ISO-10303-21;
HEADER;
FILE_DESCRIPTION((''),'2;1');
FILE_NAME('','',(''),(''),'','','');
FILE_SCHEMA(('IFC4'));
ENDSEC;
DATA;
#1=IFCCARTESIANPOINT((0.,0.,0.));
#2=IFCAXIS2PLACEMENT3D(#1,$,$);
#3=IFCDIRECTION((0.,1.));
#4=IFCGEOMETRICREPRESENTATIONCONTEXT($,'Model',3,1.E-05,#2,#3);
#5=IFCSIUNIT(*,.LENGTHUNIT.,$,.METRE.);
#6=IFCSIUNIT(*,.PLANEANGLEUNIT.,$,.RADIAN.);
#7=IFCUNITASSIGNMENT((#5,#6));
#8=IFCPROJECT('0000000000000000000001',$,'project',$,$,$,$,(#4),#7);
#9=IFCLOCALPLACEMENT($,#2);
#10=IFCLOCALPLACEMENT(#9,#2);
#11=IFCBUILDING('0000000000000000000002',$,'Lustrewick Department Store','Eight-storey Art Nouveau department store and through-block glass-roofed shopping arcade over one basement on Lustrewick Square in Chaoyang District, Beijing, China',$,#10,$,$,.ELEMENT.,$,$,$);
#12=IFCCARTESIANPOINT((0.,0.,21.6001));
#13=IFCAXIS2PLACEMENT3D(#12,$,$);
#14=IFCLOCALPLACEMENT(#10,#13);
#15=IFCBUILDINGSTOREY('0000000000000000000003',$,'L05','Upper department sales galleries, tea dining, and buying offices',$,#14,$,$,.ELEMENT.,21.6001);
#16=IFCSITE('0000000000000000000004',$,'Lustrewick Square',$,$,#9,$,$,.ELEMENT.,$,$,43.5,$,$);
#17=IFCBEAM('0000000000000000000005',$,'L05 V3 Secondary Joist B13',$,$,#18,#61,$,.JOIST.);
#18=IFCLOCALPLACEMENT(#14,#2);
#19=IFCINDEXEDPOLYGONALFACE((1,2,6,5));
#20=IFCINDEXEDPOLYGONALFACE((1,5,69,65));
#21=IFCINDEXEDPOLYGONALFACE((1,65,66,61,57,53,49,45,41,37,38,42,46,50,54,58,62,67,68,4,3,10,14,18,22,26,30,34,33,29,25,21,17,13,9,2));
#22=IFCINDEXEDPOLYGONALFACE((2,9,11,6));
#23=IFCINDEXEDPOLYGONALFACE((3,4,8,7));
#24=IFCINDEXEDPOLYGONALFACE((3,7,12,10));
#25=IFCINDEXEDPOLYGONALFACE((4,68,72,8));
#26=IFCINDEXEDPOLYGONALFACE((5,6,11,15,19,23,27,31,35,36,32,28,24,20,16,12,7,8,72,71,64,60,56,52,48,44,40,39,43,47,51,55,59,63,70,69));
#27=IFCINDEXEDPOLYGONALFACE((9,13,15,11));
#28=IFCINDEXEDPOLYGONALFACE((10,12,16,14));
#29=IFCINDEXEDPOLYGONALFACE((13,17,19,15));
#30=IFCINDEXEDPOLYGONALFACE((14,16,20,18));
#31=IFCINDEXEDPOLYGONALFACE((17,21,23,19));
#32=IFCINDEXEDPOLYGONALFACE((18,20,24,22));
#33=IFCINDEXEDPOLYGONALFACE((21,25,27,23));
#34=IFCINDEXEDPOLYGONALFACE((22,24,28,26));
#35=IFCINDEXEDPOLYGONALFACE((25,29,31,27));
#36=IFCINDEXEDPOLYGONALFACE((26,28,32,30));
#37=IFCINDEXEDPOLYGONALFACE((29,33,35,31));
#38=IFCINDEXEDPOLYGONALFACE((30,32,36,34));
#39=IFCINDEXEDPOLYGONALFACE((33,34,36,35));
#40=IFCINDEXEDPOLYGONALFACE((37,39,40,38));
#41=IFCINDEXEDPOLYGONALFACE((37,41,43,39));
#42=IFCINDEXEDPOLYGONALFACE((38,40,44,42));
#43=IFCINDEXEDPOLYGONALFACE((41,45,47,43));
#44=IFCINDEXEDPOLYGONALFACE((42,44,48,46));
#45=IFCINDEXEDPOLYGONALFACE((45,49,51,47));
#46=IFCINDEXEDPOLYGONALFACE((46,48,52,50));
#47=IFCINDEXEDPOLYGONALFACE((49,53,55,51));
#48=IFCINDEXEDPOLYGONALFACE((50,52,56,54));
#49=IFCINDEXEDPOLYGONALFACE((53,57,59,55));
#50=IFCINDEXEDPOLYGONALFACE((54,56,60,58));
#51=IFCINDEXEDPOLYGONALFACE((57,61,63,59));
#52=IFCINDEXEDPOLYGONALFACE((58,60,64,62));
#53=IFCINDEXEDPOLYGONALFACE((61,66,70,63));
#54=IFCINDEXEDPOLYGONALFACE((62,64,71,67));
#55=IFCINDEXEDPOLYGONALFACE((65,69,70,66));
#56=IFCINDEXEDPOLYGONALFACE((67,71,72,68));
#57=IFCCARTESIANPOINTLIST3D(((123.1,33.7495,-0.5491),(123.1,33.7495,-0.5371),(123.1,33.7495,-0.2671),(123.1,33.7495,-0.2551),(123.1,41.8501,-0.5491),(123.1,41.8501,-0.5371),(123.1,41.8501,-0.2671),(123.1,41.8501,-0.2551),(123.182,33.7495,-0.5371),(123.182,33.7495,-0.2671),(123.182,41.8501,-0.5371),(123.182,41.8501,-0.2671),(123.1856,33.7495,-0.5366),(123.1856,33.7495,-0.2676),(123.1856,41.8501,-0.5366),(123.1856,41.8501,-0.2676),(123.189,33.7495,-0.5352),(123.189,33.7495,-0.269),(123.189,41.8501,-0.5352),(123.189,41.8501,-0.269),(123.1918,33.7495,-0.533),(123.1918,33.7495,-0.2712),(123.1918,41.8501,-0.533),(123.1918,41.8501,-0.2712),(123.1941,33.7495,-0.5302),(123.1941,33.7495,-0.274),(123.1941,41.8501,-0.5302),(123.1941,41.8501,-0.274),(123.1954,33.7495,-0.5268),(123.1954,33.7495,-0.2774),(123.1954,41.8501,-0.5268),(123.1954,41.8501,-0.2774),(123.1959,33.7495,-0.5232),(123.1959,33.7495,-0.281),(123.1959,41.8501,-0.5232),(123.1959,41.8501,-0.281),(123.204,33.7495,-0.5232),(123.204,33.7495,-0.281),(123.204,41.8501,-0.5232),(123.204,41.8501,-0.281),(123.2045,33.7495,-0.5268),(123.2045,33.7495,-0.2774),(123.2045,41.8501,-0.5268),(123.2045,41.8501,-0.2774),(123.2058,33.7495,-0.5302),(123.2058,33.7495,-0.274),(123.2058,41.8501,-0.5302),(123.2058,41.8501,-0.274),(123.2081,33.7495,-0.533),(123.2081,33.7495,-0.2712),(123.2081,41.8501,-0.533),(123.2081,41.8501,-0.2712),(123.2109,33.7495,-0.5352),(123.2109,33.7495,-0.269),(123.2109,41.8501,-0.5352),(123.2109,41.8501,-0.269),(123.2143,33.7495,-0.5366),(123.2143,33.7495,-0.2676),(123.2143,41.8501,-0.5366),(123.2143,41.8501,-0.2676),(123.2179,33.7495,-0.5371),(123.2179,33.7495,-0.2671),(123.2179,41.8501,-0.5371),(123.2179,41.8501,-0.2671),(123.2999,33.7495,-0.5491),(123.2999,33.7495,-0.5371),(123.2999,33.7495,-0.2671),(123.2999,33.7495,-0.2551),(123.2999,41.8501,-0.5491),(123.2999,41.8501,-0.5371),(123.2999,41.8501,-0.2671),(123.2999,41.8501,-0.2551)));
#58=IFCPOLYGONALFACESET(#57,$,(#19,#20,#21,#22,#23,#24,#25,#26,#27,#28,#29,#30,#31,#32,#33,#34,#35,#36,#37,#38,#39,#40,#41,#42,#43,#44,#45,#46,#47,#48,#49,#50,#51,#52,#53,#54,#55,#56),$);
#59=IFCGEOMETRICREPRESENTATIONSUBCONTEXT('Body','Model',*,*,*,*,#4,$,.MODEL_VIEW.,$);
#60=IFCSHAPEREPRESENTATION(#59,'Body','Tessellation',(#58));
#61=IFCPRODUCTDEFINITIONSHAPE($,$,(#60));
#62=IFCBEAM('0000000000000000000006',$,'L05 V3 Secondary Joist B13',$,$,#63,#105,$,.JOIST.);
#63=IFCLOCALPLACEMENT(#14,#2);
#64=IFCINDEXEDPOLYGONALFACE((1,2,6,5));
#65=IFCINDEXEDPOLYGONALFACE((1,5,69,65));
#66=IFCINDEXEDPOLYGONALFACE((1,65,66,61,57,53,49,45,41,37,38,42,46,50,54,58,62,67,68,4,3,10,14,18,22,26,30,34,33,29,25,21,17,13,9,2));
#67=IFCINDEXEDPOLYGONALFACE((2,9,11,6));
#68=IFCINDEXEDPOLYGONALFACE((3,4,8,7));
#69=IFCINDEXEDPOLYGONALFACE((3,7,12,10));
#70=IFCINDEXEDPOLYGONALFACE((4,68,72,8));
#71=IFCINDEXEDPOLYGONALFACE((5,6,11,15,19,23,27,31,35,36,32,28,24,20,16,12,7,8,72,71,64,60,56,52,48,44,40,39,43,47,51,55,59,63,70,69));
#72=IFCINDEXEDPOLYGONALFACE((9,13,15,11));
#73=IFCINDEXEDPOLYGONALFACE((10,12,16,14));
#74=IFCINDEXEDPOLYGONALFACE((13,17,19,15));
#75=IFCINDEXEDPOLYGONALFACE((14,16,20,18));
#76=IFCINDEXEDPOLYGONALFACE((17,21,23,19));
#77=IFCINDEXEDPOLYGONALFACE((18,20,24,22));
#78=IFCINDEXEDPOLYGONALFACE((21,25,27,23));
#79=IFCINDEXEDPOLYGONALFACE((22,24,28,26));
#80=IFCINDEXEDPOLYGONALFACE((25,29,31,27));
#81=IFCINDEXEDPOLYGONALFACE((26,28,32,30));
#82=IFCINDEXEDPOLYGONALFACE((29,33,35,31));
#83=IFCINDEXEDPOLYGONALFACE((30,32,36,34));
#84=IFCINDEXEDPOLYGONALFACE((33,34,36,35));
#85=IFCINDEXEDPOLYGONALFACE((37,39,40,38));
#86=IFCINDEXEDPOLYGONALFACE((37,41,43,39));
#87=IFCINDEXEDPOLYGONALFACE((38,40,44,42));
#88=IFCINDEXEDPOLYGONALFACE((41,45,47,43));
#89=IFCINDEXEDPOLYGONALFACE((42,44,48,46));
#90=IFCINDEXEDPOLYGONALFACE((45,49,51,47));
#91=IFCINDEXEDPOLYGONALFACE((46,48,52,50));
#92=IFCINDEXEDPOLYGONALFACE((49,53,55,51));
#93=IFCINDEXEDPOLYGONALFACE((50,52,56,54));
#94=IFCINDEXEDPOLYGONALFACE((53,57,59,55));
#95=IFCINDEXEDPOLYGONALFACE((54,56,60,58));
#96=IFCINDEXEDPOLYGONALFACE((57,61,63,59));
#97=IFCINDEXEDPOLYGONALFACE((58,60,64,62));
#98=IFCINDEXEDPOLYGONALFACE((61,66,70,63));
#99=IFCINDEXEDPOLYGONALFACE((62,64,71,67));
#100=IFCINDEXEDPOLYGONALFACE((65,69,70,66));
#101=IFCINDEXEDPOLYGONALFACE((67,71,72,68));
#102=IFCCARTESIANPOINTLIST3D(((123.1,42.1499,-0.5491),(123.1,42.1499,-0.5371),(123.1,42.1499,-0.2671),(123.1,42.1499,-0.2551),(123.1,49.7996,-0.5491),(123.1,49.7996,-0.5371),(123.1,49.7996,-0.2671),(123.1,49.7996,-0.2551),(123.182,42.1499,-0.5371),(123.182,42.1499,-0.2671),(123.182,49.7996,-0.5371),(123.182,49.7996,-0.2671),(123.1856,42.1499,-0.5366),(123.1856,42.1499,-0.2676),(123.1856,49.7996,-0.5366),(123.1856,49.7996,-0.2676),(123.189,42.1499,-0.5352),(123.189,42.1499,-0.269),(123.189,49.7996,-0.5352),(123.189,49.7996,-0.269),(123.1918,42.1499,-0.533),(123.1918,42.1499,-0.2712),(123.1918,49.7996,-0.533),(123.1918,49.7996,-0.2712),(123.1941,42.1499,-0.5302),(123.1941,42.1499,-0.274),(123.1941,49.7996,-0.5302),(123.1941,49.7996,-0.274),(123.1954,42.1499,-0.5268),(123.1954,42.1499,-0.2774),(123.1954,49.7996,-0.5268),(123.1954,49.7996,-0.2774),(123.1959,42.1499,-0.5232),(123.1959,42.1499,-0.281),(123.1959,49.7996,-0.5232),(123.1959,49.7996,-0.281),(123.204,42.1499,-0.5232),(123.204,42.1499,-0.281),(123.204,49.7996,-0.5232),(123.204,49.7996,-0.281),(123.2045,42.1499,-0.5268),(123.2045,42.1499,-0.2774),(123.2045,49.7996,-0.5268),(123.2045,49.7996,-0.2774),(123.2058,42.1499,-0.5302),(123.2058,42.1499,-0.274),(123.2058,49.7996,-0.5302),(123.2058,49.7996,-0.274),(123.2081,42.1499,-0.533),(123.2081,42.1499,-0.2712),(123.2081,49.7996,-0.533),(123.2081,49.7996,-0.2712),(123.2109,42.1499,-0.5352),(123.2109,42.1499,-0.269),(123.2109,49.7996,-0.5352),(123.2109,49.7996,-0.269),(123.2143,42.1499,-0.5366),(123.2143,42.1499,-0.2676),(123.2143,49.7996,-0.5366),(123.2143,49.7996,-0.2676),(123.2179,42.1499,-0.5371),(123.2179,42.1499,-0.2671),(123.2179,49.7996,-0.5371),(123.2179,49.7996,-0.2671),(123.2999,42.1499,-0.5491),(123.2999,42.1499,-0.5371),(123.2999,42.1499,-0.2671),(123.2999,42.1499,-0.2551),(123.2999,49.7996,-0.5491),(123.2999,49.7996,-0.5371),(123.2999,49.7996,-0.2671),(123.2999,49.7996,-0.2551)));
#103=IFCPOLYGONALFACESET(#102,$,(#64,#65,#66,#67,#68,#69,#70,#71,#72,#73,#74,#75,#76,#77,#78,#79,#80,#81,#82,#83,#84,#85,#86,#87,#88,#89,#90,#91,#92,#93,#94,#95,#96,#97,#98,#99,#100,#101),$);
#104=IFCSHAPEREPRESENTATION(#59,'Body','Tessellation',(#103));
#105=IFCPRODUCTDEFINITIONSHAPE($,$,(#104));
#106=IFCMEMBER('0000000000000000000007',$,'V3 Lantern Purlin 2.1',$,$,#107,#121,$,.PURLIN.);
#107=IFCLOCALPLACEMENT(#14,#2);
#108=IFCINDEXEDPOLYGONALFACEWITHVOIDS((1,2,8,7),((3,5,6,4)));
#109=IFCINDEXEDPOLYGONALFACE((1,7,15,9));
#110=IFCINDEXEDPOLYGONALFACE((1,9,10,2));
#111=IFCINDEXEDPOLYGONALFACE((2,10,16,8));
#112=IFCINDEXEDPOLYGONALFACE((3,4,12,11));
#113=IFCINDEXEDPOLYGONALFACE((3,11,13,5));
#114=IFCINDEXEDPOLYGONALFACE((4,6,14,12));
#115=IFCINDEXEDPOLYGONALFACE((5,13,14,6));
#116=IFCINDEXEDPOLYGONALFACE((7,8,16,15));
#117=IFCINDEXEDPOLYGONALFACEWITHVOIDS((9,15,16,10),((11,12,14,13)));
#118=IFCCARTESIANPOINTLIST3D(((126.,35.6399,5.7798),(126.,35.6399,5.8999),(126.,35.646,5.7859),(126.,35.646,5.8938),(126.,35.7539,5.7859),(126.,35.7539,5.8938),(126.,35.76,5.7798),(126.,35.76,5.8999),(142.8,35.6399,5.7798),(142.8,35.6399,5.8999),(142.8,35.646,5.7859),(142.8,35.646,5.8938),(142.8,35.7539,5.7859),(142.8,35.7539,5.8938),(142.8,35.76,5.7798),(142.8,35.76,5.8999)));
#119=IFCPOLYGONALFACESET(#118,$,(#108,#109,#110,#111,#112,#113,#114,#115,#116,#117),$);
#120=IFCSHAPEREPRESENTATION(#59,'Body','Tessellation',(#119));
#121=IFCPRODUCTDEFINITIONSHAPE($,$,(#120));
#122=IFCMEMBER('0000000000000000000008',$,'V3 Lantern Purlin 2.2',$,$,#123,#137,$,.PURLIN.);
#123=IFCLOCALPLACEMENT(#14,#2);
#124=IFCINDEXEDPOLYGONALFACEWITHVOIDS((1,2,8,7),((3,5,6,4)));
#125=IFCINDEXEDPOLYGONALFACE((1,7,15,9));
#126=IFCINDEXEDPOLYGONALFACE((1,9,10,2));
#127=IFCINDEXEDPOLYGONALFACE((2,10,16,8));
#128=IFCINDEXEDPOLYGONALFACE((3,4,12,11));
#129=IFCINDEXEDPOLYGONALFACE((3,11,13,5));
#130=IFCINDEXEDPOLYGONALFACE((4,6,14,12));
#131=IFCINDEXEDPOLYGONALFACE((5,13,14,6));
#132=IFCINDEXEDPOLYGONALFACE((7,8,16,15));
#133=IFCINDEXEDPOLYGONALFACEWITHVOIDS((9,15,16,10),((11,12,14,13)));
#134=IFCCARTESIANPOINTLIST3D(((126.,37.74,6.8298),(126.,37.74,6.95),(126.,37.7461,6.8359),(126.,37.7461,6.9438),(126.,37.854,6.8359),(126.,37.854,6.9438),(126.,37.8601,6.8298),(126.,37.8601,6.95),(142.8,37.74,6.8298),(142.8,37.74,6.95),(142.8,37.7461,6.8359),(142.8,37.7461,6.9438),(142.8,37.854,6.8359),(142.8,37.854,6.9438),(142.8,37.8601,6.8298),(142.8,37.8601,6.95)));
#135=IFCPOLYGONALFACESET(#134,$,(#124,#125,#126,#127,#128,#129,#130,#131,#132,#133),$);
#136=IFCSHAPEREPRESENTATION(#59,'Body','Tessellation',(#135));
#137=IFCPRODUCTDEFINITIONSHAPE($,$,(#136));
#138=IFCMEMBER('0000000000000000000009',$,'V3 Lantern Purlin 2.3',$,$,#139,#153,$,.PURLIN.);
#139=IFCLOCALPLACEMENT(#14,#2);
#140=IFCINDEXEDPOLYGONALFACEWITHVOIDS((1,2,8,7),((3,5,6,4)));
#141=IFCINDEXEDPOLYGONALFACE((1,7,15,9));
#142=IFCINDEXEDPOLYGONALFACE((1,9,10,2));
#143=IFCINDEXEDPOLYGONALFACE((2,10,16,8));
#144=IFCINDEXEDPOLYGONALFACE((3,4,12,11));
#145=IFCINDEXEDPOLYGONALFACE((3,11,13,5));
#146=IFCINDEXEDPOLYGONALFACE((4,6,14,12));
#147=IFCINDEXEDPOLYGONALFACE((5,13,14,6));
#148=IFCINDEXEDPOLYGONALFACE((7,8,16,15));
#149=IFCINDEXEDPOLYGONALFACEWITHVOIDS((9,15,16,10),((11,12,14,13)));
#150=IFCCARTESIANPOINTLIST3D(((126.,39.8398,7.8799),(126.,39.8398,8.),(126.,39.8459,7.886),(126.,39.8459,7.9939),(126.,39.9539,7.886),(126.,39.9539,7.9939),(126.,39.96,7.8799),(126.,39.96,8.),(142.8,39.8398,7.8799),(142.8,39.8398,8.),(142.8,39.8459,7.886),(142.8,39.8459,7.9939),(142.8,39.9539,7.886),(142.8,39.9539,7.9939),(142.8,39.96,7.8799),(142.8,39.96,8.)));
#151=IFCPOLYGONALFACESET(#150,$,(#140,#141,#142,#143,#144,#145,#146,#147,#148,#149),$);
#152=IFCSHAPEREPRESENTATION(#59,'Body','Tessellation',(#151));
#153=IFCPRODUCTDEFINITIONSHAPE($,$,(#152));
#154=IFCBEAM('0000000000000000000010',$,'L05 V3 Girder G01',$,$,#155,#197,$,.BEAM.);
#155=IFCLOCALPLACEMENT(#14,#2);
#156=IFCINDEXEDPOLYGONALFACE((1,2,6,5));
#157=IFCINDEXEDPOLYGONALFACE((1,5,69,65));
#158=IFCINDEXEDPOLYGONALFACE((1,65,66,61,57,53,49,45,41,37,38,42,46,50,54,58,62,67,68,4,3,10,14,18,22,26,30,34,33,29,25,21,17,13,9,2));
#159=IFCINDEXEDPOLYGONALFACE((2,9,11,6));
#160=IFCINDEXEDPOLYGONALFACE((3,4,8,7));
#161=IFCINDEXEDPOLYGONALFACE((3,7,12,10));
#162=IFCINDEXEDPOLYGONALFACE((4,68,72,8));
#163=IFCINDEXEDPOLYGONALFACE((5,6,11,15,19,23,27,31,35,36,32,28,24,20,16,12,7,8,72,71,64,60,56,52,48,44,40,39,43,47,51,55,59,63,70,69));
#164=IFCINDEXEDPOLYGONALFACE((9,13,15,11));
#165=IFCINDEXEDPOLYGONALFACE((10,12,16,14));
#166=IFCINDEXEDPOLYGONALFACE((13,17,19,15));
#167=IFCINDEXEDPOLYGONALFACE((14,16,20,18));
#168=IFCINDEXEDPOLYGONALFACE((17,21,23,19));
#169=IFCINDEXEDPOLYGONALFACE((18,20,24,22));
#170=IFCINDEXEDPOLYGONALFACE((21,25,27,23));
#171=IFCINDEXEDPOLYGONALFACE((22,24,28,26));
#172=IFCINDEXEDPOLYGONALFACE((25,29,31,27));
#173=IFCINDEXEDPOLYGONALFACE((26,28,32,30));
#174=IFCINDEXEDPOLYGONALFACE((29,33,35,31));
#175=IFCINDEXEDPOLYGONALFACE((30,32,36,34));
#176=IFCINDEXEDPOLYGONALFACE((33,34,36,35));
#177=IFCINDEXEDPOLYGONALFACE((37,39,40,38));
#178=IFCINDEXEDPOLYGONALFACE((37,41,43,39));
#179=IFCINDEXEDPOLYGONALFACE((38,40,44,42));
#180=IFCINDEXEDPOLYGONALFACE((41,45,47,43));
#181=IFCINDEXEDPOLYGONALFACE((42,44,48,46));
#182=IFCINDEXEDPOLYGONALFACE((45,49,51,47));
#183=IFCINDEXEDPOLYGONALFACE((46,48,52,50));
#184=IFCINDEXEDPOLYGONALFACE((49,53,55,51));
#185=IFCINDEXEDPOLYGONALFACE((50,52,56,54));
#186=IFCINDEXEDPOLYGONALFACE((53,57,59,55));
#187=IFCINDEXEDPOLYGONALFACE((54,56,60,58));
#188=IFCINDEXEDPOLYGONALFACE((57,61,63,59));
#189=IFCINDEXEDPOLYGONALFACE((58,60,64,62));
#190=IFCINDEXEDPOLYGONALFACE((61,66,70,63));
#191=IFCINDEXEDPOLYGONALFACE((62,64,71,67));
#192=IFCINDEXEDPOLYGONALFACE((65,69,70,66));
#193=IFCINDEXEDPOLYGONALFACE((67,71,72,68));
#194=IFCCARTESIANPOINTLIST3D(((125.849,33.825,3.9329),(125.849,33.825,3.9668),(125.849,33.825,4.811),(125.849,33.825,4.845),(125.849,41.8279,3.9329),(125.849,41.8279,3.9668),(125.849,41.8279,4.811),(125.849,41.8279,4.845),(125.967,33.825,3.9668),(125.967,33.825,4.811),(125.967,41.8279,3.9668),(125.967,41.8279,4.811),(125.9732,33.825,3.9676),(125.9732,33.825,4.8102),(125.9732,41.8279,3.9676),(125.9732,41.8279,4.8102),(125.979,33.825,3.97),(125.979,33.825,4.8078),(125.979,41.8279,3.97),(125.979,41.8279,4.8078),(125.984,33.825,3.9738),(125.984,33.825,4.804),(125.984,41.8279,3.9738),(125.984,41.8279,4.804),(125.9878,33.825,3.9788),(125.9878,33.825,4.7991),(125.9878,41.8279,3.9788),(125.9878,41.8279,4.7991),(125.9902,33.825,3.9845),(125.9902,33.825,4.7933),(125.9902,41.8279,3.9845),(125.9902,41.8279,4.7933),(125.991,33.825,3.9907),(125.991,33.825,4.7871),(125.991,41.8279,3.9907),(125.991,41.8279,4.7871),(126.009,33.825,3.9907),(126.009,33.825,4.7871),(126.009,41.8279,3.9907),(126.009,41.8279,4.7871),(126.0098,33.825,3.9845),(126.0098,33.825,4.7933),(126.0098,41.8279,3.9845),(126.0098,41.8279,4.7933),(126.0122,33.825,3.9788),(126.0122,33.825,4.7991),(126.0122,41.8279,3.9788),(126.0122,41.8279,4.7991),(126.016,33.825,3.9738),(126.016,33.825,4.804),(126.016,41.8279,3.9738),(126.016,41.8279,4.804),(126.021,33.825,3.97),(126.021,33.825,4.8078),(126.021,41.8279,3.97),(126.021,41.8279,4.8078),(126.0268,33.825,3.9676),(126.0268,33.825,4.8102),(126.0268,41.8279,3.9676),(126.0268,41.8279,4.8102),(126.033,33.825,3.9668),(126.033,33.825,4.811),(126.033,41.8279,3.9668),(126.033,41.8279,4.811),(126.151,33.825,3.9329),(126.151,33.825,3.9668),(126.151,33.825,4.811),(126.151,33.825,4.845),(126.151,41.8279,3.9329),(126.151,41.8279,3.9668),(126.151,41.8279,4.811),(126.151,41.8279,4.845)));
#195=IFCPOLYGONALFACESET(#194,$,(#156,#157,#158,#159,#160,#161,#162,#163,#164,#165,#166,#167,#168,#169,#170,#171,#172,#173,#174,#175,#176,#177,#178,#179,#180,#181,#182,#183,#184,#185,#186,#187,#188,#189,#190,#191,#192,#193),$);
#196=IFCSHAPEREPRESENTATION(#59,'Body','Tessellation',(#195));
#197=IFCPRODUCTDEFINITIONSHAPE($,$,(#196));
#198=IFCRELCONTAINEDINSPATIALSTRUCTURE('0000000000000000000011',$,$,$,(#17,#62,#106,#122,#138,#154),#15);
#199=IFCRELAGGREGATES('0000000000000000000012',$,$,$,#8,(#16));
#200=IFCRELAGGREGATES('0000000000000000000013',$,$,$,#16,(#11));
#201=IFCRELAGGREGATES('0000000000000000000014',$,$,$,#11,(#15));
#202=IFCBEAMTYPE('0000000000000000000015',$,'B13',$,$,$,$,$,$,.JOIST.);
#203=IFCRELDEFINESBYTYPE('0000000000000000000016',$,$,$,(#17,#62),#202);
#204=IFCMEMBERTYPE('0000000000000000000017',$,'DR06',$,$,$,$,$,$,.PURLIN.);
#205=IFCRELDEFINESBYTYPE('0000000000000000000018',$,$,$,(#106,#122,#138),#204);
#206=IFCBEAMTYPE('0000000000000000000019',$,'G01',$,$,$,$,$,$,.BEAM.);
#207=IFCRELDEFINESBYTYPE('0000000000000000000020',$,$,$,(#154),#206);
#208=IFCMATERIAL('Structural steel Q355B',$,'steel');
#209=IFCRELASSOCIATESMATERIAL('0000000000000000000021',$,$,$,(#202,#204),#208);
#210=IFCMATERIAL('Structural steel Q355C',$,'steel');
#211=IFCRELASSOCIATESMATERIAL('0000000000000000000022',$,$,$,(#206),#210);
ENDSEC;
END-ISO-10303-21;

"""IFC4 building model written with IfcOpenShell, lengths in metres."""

from ifc_helpers import new_model, si_unit, direction, frame, origin, origin_2d, place, context, subcontext, project, spatial, hollow_rectangle, i_section, extrude, material, material_profile, profile_set, type_object, element, save


model = new_model("IFC4")

# Units and contexts
model_context = context("Model", 3, precision=1e-05, world=origin(), true_north=direction((0.0, 1.0)))
body_context = subcontext(model_context, "Body", "Model", "MODEL_VIEW")
ifc_project = project(units=[si_unit("LENGTHUNIT", "METRE"), si_unit("PLANEANGLEUNIT", "RADIAN")], contexts=[model_context])

# Site, building, storey
site_placement = place(None, origin())
site = spatial("IfcSite", under=ifc_project, at=site_placement, Name="Lustrewick Square", CompositionType="ELEMENT", RefElevation=43.5)
building_placement = place(site_placement, origin())
building = spatial("IfcBuilding", under=site, at=building_placement, Name="Lustrewick Department Store", Description="Eight-storey Art Nouveau department store and through-block glass-roofed shopping arcade over one basement on Lustrewick Square in Chaoyang District, Beijing, China", CompositionType="ELEMENT")
storey_placement = place(building_placement, frame((0.0, 0.0, 21.6001)))
storey = spatial("IfcBuildingStorey", under=building, at=storey_placement, Name="L05", Description="Upper department sales galleries, tea dining, and buying offices", CompositionType="ELEMENT", Elevation=21.6001)

# Shared definitions
ifc_material_1 = material(Name="Structural steel Q355B", Category="steel")

# Beams
ifc_material_profile_1 = material_profile(ifc_material_1, i_section(OverallWidth=0.2, OverallDepth=0.2939, WebThickness=0.0081, FlangeThickness=0.012, FilletRadius=0.0139, at=origin_2d()), Name="HM 294x200x8x12")
ifc_profile_set_1 = profile_set([ifc_material_profile_1], Name="Structural steel Q355B")
beam_type_1 = type_object("IfcBeamType", Name="B13", PredefinedType="JOIST", material=ifc_profile_set_1)
beam_1_placement = place(storey_placement, frame((123.2, 33.7495, -0.4021), z_axis=(0.0, 1.0, 0.0), x_axis=(-1.0, 0.0, 0.0)))
element("IfcBeam", 1, at=beam_1_placement, inside=storey, type_object=beam_type_1, Name="L05 V3 Secondary Joist B13", PredefinedType="JOIST", context=body_context, shape_type="SweptSolid", body=[
    extrude(i_section(OverallWidth=0.2, OverallDepth=0.2939, WebThickness=0.0081, FlangeThickness=0.012, FilletRadius=0.0139, at=origin_2d()), origin(), (0.0, 0.0, 1.0), 8.1006),
])
beam_2_placement = place(storey_placement, frame((123.2, 42.1499, -0.4021), z_axis=(0.0, 1.0, 0.0), x_axis=(-1.0, 0.0, 0.0)))
element("IfcBeam", 2, at=beam_2_placement, inside=storey, type_object=beam_type_1, Name="L05 V3 Secondary Joist B13", PredefinedType="JOIST", context=body_context, shape_type="SweptSolid", body=[
    extrude(i_section(OverallWidth=0.2, OverallDepth=0.2939, WebThickness=0.0081, FlangeThickness=0.012, FilletRadius=0.0139, at=origin_2d()), origin(), (0.0, 0.0, 1.0), 7.6497),
])

# Members
ifc_material_profile_2 = material_profile(ifc_material_1, hollow_rectangle(XDim=0.1201, YDim=0.1201, WallThickness=0.0061, at=origin_2d()), Name="SHS 120x120x6")
ifc_profile_set_2 = profile_set([ifc_material_profile_2], Name="Structural steel Q355B")
member_type = type_object("IfcMemberType", Name="DR06", PredefinedType="PURLIN", material=ifc_profile_set_2)
for number, where, z_axis, x_axis, name in (
    (3, (126.0, 35.7, 5.8398), (1.0, 0.0, 0.0), (0.0, 1.0, 0.0), "V3 Lantern Purlin 2.1"),
    (4, (126.0, 37.8, 6.8899), (1.0, 0.0, 0.0), (0.0, 1.0, 0.0), "V3 Lantern Purlin 2.2"),
    (5, (126.0, 39.8999, 7.9399), (1.0, 0.0, 0.0), (0.0, 1.0, 0.0), "V3 Lantern Purlin 2.3"),
):
    element("IfcMember", number, at=place(storey_placement, frame(where, z_axis=z_axis, x_axis=x_axis)), inside=storey, type_object=member_type, Name=name, PredefinedType="PURLIN", context=body_context, shape_type="SweptSolid", body=[
        extrude(hollow_rectangle(XDim=0.1201, YDim=0.1201, WallThickness=0.0061, at=origin_2d()), origin(), (0.0, 0.0, 1.0), 16.8),
    ])

# Beam
ifc_material_2 = material(Name="Structural steel Q355C", Category="steel")
ifc_material_profile_3 = material_profile(ifc_material_2, i_section(OverallWidth=0.302, OverallDepth=0.9121, WebThickness=0.0181, FlangeThickness=0.0339, FilletRadius=0.0239, at=origin_2d()), Name="HN 912x302x18x34")
ifc_profile_set_3 = profile_set([ifc_material_profile_3], Name="Structural steel Q355C")
beam_type_2 = type_object("IfcBeamType", Name="G01", PredefinedType="BEAM", material=ifc_profile_set_3)
beam_3_placement = place(storey_placement, frame((126.0, 33.825, 4.3889), z_axis=(0.0, 1.0, 0.0), x_axis=(-1.0, 0.0, 0.0)))
element("IfcBeam", 6, at=beam_3_placement, inside=storey, type_object=beam_type_2, Name="L05 V3 Girder G01", PredefinedType="BEAM", context=body_context, shape_type="SweptSolid", body=[
    extrude(i_section(OverallWidth=0.302, OverallDepth=0.9121, WebThickness=0.0181, FlangeThickness=0.0339, FilletRadius=0.0239, at=origin_2d()), origin(), (0.0, 0.0, 1.0), 8.0029),
])

save(model, "model.ifc")
